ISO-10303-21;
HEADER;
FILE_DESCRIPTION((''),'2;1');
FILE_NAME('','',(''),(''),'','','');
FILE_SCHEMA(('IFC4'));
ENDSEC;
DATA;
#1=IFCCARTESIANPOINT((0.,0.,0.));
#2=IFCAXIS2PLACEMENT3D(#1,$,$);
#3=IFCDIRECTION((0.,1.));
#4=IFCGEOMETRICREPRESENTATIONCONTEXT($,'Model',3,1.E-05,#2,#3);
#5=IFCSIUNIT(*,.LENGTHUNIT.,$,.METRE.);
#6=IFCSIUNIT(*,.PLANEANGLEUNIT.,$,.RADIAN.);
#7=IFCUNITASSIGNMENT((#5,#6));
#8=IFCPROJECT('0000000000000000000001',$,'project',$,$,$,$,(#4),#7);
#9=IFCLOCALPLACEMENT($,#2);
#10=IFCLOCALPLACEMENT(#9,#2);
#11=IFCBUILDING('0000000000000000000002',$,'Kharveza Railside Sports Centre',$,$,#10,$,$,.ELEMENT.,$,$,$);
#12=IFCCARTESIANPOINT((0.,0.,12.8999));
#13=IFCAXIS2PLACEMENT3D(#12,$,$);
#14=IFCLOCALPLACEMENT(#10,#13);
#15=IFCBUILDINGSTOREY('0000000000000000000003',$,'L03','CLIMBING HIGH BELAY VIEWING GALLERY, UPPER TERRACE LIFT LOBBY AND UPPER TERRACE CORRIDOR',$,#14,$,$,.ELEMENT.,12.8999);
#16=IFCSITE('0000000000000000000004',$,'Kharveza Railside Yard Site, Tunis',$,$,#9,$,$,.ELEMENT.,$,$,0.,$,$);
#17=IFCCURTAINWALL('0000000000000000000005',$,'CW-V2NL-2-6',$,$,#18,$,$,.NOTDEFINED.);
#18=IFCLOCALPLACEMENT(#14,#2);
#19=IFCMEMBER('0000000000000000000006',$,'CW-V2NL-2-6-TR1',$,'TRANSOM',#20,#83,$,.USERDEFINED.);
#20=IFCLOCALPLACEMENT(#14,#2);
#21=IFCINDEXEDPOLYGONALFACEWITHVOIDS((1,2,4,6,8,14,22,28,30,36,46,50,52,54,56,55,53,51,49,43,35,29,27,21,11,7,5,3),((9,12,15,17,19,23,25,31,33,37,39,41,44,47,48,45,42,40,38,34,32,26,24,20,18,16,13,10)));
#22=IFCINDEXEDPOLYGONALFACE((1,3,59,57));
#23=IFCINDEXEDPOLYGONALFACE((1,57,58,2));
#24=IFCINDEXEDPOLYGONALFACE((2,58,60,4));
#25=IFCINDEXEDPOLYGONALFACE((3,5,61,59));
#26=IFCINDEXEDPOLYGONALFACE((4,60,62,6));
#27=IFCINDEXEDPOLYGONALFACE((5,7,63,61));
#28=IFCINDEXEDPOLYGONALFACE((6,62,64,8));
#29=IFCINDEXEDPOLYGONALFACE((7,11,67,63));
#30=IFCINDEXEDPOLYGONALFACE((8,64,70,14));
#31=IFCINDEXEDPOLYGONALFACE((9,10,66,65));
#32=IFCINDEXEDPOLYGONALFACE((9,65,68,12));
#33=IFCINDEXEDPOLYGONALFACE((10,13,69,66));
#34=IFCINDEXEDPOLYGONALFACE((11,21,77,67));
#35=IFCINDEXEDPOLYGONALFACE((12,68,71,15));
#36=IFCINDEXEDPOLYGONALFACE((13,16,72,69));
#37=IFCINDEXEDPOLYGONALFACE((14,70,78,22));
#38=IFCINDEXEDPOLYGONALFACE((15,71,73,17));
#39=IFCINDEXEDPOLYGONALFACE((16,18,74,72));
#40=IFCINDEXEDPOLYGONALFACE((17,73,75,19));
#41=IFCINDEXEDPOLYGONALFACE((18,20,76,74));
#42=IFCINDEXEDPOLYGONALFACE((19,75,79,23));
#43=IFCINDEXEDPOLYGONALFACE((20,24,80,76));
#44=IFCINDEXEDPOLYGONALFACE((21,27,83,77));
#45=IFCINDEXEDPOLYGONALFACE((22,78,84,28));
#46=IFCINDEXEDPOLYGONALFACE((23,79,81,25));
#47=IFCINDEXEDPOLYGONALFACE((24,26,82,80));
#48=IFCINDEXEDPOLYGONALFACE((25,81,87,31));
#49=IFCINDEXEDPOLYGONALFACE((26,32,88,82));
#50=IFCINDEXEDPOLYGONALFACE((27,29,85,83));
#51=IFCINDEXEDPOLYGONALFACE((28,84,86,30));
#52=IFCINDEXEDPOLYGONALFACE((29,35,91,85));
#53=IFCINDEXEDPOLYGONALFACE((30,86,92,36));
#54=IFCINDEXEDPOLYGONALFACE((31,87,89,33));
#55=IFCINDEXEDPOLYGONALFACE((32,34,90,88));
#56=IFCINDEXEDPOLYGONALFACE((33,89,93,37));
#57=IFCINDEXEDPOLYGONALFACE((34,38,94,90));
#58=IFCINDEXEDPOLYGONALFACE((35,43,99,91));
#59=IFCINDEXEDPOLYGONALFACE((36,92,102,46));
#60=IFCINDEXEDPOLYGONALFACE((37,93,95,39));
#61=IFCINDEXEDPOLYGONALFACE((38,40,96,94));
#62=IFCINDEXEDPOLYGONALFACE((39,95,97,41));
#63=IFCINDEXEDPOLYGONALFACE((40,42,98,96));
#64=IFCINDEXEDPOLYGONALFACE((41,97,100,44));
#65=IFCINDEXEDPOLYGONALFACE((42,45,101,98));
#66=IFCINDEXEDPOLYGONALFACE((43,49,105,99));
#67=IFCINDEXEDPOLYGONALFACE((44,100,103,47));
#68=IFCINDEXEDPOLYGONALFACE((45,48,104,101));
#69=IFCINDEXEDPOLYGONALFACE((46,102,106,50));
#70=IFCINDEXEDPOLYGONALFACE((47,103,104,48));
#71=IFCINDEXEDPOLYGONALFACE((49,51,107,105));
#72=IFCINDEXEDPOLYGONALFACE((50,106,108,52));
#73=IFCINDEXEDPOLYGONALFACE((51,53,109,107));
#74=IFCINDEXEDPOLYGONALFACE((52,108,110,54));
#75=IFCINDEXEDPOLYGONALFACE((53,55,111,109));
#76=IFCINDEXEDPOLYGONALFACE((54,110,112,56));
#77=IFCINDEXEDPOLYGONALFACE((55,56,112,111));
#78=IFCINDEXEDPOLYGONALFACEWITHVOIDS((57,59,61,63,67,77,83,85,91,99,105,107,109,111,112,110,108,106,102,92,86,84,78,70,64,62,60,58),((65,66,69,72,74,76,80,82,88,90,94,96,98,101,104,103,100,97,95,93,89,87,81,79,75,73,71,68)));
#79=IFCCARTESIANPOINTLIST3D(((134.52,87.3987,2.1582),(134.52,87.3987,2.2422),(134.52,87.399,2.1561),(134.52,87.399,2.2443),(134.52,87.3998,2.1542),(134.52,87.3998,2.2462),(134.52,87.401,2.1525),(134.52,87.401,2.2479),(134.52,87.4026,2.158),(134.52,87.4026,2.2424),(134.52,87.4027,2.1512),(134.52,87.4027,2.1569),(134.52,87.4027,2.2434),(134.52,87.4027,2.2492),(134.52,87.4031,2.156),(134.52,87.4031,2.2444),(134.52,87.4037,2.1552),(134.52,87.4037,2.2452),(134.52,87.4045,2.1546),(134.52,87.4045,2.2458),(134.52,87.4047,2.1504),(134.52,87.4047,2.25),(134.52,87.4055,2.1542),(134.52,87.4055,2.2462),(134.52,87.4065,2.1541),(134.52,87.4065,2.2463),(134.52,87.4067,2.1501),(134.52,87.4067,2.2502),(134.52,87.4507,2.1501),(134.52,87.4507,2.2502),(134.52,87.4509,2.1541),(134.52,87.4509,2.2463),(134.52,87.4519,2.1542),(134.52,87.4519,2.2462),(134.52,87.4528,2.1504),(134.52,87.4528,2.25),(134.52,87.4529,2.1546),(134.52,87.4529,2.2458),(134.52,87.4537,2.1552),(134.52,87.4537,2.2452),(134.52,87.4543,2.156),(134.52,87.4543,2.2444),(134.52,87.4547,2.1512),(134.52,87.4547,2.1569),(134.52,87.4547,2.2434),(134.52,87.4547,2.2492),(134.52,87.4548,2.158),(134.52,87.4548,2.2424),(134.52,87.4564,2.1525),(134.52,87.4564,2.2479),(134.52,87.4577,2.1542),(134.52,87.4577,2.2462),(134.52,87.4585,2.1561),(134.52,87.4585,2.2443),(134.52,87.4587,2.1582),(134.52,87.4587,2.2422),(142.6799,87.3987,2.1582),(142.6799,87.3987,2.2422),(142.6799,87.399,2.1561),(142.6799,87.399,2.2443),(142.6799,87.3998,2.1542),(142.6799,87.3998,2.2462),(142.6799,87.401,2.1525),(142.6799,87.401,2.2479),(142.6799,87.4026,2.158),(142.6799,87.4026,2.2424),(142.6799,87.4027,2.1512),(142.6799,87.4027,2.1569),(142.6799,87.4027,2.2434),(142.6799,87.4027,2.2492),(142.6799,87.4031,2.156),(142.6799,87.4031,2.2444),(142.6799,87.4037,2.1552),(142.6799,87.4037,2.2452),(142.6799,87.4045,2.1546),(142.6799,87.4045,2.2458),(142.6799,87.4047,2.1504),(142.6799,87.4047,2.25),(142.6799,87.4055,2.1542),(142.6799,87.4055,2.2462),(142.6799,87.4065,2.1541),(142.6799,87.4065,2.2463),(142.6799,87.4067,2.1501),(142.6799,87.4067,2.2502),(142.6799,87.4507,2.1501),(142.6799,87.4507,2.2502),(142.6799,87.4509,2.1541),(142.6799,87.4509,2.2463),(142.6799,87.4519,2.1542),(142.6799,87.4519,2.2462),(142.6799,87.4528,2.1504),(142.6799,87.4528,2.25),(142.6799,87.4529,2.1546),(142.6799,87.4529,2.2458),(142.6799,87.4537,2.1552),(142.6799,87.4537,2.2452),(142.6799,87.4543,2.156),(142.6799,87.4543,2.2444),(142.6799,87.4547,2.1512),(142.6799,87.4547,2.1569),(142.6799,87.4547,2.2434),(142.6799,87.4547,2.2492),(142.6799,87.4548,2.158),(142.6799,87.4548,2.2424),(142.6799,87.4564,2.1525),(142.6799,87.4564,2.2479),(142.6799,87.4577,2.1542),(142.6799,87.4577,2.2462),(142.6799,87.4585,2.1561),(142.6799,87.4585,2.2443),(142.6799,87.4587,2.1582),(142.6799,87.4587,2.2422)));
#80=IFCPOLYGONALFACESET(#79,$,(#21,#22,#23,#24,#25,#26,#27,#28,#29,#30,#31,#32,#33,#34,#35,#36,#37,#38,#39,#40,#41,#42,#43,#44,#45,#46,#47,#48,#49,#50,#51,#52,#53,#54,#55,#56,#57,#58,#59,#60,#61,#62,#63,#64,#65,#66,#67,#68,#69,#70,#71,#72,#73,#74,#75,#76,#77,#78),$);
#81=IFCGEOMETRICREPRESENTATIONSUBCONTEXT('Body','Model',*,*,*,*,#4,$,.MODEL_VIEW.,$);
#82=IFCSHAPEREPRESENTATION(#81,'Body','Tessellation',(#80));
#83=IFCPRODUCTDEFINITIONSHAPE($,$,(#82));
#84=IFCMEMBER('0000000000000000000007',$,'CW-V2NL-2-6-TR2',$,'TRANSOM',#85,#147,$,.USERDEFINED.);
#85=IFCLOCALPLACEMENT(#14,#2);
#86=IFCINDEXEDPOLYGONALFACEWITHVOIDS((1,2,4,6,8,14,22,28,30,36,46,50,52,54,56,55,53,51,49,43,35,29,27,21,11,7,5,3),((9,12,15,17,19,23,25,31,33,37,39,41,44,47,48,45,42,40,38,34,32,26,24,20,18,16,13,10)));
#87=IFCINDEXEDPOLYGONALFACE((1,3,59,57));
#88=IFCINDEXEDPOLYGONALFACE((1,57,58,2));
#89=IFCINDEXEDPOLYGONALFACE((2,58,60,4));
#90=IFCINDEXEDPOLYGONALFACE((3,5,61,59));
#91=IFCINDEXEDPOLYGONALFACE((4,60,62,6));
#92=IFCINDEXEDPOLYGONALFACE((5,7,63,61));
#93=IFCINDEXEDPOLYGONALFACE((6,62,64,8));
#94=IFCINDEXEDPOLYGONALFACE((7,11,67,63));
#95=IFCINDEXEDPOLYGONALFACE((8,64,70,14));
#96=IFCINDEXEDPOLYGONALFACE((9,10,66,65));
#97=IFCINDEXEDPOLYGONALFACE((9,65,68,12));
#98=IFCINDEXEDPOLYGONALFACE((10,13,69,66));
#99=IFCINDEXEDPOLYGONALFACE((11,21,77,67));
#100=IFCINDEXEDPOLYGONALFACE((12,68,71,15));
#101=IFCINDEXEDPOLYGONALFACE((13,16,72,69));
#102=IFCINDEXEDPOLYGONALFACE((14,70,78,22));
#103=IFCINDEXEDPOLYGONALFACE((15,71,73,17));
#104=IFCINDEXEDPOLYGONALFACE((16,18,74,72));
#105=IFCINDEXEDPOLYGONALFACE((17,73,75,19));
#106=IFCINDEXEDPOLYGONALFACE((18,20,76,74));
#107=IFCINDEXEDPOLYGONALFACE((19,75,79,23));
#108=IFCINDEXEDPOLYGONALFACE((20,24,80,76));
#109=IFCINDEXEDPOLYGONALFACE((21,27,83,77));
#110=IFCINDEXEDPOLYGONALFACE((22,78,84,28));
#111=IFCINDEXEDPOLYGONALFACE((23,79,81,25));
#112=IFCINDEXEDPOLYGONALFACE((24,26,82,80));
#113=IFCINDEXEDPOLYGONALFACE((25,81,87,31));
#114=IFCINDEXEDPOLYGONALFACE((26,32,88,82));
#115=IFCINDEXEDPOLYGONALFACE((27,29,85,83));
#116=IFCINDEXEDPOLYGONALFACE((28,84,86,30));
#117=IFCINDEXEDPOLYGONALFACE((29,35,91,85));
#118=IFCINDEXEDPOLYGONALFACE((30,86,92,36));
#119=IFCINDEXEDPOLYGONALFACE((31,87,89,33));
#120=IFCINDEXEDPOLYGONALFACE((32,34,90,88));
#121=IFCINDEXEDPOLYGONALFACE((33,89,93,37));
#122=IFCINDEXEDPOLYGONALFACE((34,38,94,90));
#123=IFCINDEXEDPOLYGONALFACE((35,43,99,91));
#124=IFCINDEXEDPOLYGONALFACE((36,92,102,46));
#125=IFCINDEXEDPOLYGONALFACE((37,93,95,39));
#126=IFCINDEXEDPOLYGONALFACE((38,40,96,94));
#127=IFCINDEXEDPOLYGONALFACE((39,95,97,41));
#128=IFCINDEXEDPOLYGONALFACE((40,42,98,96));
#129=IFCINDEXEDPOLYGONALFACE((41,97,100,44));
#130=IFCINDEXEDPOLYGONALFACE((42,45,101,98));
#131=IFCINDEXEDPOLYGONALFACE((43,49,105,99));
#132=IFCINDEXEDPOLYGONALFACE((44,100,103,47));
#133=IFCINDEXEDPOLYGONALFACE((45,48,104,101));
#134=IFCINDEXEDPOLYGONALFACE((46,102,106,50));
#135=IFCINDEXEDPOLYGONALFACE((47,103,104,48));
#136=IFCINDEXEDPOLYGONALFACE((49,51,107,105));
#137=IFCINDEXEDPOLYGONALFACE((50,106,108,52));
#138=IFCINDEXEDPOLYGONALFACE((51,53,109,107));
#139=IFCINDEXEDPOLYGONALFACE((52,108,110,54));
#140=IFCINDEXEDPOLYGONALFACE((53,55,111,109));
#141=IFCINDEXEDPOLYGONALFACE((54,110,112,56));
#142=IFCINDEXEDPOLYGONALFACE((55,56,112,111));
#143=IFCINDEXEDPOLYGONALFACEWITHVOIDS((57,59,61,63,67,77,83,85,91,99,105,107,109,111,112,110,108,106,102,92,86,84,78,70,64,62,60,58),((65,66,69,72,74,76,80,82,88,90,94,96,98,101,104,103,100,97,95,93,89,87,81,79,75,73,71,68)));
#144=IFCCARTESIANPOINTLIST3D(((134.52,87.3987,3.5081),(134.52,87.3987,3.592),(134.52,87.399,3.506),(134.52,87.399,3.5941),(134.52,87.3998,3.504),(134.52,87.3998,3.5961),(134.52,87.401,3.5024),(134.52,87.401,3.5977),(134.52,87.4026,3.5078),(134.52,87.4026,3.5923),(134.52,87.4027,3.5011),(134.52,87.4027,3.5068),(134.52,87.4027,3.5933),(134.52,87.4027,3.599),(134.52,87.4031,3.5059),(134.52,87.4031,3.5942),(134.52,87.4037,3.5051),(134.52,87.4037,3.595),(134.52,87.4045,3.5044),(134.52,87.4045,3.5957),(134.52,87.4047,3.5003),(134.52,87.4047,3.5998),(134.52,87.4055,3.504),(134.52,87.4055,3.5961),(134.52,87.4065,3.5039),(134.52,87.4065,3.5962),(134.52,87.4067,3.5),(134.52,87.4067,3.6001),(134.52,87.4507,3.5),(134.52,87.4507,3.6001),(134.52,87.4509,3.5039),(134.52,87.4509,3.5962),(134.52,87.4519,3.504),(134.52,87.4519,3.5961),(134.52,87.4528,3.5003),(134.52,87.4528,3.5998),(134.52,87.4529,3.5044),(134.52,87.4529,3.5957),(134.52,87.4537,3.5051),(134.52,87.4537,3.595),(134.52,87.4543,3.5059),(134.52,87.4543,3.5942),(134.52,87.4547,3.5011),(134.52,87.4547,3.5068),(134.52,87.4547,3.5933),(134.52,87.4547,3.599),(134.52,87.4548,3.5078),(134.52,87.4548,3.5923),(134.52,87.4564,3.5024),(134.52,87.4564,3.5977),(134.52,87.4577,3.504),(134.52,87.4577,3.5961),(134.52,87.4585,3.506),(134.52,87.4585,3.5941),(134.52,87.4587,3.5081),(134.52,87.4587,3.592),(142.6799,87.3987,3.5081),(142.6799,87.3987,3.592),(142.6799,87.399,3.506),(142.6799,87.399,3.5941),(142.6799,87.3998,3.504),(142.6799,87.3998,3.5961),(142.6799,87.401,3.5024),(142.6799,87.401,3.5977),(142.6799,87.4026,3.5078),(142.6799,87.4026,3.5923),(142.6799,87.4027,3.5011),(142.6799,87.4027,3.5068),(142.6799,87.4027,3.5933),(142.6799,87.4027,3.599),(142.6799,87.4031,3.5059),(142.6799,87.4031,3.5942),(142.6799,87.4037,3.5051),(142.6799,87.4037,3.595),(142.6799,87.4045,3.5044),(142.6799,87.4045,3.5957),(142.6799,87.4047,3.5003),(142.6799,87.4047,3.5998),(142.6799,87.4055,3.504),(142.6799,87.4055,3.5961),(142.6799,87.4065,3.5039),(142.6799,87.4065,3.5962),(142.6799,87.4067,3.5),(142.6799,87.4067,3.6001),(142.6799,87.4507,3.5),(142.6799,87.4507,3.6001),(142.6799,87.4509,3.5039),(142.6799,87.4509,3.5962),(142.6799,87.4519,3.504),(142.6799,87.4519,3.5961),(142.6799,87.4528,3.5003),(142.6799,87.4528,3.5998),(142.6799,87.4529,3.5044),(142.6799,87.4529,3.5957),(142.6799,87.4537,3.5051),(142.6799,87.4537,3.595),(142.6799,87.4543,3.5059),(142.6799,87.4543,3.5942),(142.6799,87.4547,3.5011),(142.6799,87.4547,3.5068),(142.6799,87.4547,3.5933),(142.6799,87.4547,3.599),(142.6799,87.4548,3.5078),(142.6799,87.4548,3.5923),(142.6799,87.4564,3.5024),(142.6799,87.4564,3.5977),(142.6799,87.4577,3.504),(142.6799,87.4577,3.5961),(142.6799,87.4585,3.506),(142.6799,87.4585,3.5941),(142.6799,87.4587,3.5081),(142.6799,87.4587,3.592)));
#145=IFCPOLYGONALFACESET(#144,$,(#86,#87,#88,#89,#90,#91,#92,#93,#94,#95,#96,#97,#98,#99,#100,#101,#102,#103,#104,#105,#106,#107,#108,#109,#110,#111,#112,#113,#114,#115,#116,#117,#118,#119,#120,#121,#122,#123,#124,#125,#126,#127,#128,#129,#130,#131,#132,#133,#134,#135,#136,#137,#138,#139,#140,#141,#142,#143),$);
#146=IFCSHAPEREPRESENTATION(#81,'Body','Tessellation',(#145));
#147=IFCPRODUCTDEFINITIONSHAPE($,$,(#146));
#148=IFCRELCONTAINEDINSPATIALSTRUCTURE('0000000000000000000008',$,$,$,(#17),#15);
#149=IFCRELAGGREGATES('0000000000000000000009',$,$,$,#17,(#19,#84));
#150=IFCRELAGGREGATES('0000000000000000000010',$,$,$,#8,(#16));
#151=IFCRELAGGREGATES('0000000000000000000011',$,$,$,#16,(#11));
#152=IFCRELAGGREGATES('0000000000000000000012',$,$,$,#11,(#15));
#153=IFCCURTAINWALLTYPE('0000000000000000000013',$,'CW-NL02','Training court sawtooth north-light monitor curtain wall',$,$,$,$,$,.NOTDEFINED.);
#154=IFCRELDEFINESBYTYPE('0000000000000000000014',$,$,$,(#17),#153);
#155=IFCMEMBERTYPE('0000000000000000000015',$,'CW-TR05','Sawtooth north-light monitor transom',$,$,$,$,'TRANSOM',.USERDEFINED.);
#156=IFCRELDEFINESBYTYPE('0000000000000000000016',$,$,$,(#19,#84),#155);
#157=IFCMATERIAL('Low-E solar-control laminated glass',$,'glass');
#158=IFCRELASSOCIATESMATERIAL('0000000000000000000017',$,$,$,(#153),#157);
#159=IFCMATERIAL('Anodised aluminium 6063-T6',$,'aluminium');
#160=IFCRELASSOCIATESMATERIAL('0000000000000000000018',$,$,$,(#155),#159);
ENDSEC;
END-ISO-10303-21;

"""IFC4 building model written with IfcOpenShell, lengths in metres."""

from ifc_helpers import new_model, si_unit, direction, frame, origin, origin_2d, place, context, subcontext, project, spatial, hollow_rectangle, extrude, material, material_profile, profile_set, type_object, element, aggregate, save


model = new_model("IFC4")

# Units and contexts
model_context = context("Model", 3, precision=1e-05, world=origin(), true_north=direction((0.0, 1.0)))
body_context = subcontext(model_context, "Body", "Model", "MODEL_VIEW")
ifc_project = project(units=[si_unit("LENGTHUNIT", "METRE"), si_unit("PLANEANGLEUNIT", "RADIAN")], contexts=[model_context])

# Site, building, storey
site_placement = place(None, origin())
site = spatial("IfcSite", under=ifc_project, at=site_placement, Name="Kharveza Railside Yard Site, Tunis", CompositionType="ELEMENT", RefElevation=0.0)
building_placement = place(site_placement, origin())
building = spatial("IfcBuilding", under=site, at=building_placement, Name="Kharveza Railside Sports Centre", CompositionType="ELEMENT")
storey_placement = place(building_placement, frame((0.0, 0.0, 12.8999)))
storey = spatial("IfcBuildingStorey", under=building, at=storey_placement, Name="L03", Description="CLIMBING HIGH BELAY VIEWING GALLERY, UPPER TERRACE LIFT LOBBY AND UPPER TERRACE CORRIDOR", CompositionType="ELEMENT", Elevation=12.8999)

# Curtain wall
ifc_material_1 = material(Name="Low-E solar-control laminated glass", Category="glass")
curtain_wall_type = type_object("IfcCurtainWallType", Name="CW-NL02", Description="Training court sawtooth north-light monitor curtain wall", PredefinedType="NOTDEFINED", material=ifc_material_1)
curtain_wall_1_placement = place(storey_placement, origin())
curtain_wall_1 = element("IfcCurtainWall", 1, at=curtain_wall_1_placement, inside=storey, type_object=curtain_wall_type, Name="CW-V2NL-2-6", PredefinedType="NOTDEFINED")
ifc_material_2 = material(Name="Anodised aluminium 6063-T6", Category="aluminium")

# Members
ifc_material_profile_1 = material_profile(ifc_material_2, hollow_rectangle(XDim=0.0601, YDim=0.1001, WallThickness=0.0039, InnerFilletRadius=0.0039, OuterFilletRadius=0.0081, at=origin_2d()), Name="RHS 60x100x4.0")
ifc_profile_set_1 = profile_set([ifc_material_profile_1], Name="Anodised aluminium 6063-T6")
member_type_1 = type_object("IfcMemberType", Name="CW-TR05", Description="Sawtooth north-light monitor transom", ElementType="TRANSOM", PredefinedType="USERDEFINED", material=ifc_profile_set_1)
member_1_placement = place(storey_placement, frame((134.52, 87.4287, 2.2002), z_axis=(1.0, 0.0, 0.0), x_axis=(0.0, 1.0, 0.0)))
member_1 = element("IfcMember", 2, at=member_1_placement, type_object=member_type_1, Name="CW-V2NL-2-6-TR1", ObjectType="TRANSOM", PredefinedType="USERDEFINED", context=body_context, shape_type="SweptSolid", body=[
    extrude(hollow_rectangle(XDim=0.0601, YDim=0.1001, WallThickness=0.0039, InnerFilletRadius=0.0039, OuterFilletRadius=0.0081, at=origin_2d()), origin(), (0.0, 0.0, 1.0), 8.1599),
])
member_2_placement = place(storey_placement, frame((134.52, 87.4287, 3.55), z_axis=(1.0, 0.0, 0.0), x_axis=(0.0, 1.0, 0.0)))
member_2 = element("IfcMember", 3, at=member_2_placement, type_object=member_type_1, Name="CW-V2NL-2-6-TR2", ObjectType="TRANSOM", PredefinedType="USERDEFINED", context=body_context, shape_type="SweptSolid", body=[
    extrude(hollow_rectangle(XDim=0.0601, YDim=0.1001, WallThickness=0.0039, InnerFilletRadius=0.0039, OuterFilletRadius=0.0081, at=origin_2d()), origin(), (0.0, 0.0, 1.0), 8.1599),
])

aggregate(curtain_wall_1, [member_1, member_2])

save(model, "model.ifc")
